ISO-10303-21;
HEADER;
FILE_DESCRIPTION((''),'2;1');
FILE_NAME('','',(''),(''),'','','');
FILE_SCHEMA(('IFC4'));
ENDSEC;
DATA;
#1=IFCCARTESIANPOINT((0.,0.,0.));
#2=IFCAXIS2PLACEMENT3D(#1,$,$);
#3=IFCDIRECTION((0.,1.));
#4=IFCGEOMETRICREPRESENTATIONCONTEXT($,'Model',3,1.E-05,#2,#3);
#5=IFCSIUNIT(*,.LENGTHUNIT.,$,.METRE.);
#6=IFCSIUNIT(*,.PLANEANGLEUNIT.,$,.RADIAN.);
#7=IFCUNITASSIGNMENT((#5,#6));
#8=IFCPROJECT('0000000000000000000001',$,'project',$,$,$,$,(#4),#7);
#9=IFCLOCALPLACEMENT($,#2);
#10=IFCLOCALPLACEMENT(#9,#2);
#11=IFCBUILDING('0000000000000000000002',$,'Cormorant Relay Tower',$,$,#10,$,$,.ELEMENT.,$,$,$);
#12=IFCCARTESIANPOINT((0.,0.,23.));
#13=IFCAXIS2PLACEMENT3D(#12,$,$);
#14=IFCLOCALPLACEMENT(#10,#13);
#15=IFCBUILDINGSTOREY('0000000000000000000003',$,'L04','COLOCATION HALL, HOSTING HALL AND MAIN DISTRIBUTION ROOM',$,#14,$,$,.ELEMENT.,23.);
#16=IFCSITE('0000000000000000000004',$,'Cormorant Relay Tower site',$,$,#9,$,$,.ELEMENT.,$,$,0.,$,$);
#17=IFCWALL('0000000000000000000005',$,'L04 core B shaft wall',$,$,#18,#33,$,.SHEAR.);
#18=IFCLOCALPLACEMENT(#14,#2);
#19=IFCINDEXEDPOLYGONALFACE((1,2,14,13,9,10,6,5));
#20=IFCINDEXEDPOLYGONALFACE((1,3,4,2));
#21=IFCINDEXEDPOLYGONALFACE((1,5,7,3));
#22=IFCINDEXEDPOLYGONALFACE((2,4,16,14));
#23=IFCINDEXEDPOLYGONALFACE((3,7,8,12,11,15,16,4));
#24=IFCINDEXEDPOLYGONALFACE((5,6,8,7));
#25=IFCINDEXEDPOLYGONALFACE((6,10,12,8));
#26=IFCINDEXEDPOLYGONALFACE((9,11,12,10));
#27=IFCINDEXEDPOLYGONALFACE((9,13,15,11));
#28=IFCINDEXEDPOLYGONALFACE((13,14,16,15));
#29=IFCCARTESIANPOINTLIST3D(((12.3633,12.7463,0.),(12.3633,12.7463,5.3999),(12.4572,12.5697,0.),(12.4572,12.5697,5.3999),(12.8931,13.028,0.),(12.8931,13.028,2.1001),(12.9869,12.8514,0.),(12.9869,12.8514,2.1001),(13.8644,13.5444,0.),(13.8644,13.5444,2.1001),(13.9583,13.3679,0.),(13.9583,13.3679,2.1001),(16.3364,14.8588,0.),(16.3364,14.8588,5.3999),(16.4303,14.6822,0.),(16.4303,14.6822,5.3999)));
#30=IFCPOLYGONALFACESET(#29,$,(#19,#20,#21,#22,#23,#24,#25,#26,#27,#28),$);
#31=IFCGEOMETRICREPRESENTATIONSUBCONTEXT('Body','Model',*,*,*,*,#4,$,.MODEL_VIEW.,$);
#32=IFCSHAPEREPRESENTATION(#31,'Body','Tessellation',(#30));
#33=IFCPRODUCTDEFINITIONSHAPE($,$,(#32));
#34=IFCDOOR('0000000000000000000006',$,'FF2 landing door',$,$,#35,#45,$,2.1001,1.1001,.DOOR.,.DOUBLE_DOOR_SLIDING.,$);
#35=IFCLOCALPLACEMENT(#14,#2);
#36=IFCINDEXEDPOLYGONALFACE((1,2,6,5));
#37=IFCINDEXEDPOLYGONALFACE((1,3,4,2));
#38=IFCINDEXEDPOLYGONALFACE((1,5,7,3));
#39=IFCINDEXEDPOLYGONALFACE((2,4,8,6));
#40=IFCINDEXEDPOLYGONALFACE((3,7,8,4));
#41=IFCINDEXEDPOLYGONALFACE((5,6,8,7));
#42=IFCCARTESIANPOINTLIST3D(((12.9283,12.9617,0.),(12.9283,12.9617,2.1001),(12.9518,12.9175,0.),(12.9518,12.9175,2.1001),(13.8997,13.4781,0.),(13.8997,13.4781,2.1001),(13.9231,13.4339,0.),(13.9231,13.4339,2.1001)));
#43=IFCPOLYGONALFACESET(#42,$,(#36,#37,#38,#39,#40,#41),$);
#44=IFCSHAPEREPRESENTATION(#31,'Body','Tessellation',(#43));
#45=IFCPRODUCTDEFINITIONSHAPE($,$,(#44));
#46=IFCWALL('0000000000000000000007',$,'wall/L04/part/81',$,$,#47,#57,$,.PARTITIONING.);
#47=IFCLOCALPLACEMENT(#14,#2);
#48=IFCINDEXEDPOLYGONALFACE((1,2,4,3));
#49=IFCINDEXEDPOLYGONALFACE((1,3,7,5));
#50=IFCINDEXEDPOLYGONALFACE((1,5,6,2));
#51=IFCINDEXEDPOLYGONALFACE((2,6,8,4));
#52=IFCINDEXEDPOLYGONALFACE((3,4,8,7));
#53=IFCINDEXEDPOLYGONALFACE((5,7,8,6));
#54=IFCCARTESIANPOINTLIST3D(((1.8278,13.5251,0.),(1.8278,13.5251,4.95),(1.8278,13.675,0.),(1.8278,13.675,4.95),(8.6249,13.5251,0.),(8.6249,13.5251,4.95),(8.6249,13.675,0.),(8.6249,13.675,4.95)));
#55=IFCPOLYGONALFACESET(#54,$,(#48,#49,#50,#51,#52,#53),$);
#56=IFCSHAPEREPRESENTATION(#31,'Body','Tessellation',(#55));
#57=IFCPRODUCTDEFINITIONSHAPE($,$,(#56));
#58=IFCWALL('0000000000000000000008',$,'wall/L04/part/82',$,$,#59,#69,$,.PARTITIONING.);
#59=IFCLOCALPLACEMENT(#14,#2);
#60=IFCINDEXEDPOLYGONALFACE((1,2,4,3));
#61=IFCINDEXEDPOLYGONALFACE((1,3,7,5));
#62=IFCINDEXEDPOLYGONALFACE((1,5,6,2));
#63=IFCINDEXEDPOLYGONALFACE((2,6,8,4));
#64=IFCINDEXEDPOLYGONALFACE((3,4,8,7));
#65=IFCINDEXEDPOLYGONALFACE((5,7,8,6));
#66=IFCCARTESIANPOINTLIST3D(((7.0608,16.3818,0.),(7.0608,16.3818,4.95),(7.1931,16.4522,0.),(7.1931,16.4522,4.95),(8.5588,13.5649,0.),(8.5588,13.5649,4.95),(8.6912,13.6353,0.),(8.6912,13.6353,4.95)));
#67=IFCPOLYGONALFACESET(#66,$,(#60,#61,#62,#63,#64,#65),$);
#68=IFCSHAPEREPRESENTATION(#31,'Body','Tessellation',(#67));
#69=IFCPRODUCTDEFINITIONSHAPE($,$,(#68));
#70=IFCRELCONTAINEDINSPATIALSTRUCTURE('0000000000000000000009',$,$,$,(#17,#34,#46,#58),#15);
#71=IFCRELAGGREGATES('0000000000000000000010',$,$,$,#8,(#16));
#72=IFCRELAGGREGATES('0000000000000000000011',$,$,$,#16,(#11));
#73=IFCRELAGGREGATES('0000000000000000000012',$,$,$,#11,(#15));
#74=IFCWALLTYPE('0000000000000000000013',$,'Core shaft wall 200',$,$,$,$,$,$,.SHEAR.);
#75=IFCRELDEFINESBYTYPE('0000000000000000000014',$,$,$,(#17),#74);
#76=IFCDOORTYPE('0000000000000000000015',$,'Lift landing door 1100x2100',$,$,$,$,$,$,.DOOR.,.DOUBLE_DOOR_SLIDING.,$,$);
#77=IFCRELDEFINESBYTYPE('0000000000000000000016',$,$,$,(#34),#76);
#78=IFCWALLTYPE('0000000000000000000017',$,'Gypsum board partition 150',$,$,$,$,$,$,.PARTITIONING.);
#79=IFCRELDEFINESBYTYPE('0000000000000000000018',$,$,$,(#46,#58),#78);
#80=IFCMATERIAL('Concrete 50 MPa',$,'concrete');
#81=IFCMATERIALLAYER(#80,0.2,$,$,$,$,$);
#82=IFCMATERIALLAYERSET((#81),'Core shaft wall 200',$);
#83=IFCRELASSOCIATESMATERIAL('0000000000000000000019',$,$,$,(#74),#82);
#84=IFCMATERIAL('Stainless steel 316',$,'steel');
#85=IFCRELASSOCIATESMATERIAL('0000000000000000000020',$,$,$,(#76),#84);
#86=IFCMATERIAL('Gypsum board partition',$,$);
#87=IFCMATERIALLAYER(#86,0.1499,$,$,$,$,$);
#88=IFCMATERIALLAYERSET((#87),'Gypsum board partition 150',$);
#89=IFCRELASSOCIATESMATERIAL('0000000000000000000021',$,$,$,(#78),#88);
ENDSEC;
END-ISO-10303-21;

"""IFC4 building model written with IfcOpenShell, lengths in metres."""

from ifc_helpers import new_model, si_unit, direction, frame, frame_2d, origin, place, context, subcontext, project, spatial, rectangle, extrude, material, layer, layer_set, type_object, element, fill, save


model = new_model("IFC4")

# Units and contexts
model_context = context("Model", 3, precision=1e-05, world=origin(), true_north=direction((0.0, 1.0)))
body_context = subcontext(model_context, "Body", "Model", "MODEL_VIEW")
ifc_project = project(units=[si_unit("LENGTHUNIT", "METRE"), si_unit("PLANEANGLEUNIT", "RADIAN")], contexts=[model_context])

# Site, building, storey
site_placement = place(None, origin())
site = spatial("IfcSite", under=ifc_project, at=site_placement, Name="Cormorant Relay Tower site", CompositionType="ELEMENT", RefElevation=0.0)
building_placement = place(site_placement, origin())
building = spatial("IfcBuilding", under=site, at=building_placement, Name="Cormorant Relay Tower", CompositionType="ELEMENT")
storey_placement = place(building_placement, frame((0.0, 0.0, 23.0)))
storey = spatial("IfcBuildingStorey", under=building, at=storey_placement, Name="L04", Description="COLOCATION HALL, HOSTING HALL AND MAIN DISTRIBUTION ROOM", CompositionType="ELEMENT", Elevation=23.0)

# Shared definitions
ifc_material_1 = material(Name="Concrete 50 MPa", Category="concrete")
ifc_layer_1 = layer(ifc_material_1, 0.2)
ifc_layer_set_1 = layer_set([ifc_layer_1], Name="Core shaft wall 200")
wall_type_1 = type_object("IfcWallType", Name="Core shaft wall 200", PredefinedType="SHEAR", material=ifc_layer_set_1)

# Shared definitions
ifc_material_2 = material(Name="Stainless steel 316", Category="steel")
door_type_1 = type_object("IfcDoorType", Name="Lift landing door 1100x2100", OperationType="DOUBLE_DOOR_SLIDING", PredefinedType="DOOR", material=ifc_material_2)

# Wall, opening, door
wall_1_placement = place(storey_placement, frame((12.4102, 12.658, 0.0), z_axis=(0.0, 0.0, 1.0), x_axis=(0.882948, 0.46947, 0.0)))
wall_1 = element("IfcWall", 1, at=wall_1_placement, inside=storey, type_object=wall_type_1, Name="L04 core B shaft wall", PredefinedType="SHEAR", context=body_context, shape_type="SweptSolid", body=[
    extrude(rectangle(XDim=4.4998, YDim=0.2, at=frame_2d((2.25, 0.0))), origin(), (0.0, 0.0, 1.0), 5.3999),
])
opening_1_placement = place(wall_1_placement, frame((0.6001, 0.0, 0.0)))
opening_1 = element("IfcOpeningElement", 2, at=opening_1_placement, cuts=wall_1, PredefinedType="OPENING", context=body_context, shape_type="SweptSolid", body=[
    extrude(rectangle(XDim=1.1001, YDim=2.1001, at=frame_2d((0.55, 1.05))), frame((0.0, 0.1099, 0.0), z_axis=(0.0, -1.0, 0.0), x_axis=(1.0, 0.0, 0.0)), (0.0, 0.0, 1.0), 0.22),
])
door_1_placement = place(opening_1_placement, origin())
door_1 = element("IfcDoor", 3, at=door_1_placement, inside=storey, type_object=door_type_1, Name="FF2 landing door", OperationType="DOUBLE_DOOR_SLIDING", OverallHeight=2.1001, OverallWidth=1.1001, PredefinedType="DOOR", context=body_context, shape_type="SweptSolid", body=[
    extrude(rectangle(XDim=1.1001, YDim=2.1001, at=frame_2d((0.55, 1.05))), frame((0.0, 0.0249, 0.0), z_axis=(0.0, -1.0, 0.0), x_axis=(1.0, 0.0, 0.0)), (0.0, 0.0, 1.0), 0.05),
])
fill(opening_1, door_1)

# Walls
ifc_material_3 = material(Name="Gypsum board partition")
ifc_layer_2 = layer(ifc_material_3, 0.1499)
ifc_layer_set_2 = layer_set([ifc_layer_2], Name="Gypsum board partition 150")
wall_type_2 = type_object("IfcWallType", Name="Gypsum board partition 150", PredefinedType="PARTITIONING", material=ifc_layer_set_2)
wall_2_placement = place(storey_placement, frame((1.8279, 13.6001, 0.0), z_axis=(0.0, 0.0, 1.0), x_axis=(1.0, 0.0, 0.0)))
element("IfcWall", 4, at=wall_2_placement, inside=storey, type_object=wall_type_2, Name="wall/L04/part/81", PredefinedType="PARTITIONING", context=body_context, shape_type="SweptSolid", body=[
    extrude(rectangle(XDim=6.7971, YDim=0.1499, at=frame_2d((3.3984, 0.0))), origin(), (0.0, 0.0, 1.0), 4.95),
])
wall_3_placement = place(storey_placement, frame((8.625, 13.6001, 0.0), z_axis=(0.0, 0.0, 1.0), x_axis=(-0.469539, 0.882912, 0.0)))
element("IfcWall", 5, at=wall_3_placement, inside=storey, type_object=wall_type_2, Name="wall/L04/part/82", PredefinedType="PARTITIONING", context=body_context, shape_type="SweptSolid", body=[
    extrude(rectangle(XDim=3.1904, YDim=0.1499, at=frame_2d((1.5952, 0.0))), origin(), (0.0, 0.0, 1.0), 4.95),
])

save(model, "model.ifc")
